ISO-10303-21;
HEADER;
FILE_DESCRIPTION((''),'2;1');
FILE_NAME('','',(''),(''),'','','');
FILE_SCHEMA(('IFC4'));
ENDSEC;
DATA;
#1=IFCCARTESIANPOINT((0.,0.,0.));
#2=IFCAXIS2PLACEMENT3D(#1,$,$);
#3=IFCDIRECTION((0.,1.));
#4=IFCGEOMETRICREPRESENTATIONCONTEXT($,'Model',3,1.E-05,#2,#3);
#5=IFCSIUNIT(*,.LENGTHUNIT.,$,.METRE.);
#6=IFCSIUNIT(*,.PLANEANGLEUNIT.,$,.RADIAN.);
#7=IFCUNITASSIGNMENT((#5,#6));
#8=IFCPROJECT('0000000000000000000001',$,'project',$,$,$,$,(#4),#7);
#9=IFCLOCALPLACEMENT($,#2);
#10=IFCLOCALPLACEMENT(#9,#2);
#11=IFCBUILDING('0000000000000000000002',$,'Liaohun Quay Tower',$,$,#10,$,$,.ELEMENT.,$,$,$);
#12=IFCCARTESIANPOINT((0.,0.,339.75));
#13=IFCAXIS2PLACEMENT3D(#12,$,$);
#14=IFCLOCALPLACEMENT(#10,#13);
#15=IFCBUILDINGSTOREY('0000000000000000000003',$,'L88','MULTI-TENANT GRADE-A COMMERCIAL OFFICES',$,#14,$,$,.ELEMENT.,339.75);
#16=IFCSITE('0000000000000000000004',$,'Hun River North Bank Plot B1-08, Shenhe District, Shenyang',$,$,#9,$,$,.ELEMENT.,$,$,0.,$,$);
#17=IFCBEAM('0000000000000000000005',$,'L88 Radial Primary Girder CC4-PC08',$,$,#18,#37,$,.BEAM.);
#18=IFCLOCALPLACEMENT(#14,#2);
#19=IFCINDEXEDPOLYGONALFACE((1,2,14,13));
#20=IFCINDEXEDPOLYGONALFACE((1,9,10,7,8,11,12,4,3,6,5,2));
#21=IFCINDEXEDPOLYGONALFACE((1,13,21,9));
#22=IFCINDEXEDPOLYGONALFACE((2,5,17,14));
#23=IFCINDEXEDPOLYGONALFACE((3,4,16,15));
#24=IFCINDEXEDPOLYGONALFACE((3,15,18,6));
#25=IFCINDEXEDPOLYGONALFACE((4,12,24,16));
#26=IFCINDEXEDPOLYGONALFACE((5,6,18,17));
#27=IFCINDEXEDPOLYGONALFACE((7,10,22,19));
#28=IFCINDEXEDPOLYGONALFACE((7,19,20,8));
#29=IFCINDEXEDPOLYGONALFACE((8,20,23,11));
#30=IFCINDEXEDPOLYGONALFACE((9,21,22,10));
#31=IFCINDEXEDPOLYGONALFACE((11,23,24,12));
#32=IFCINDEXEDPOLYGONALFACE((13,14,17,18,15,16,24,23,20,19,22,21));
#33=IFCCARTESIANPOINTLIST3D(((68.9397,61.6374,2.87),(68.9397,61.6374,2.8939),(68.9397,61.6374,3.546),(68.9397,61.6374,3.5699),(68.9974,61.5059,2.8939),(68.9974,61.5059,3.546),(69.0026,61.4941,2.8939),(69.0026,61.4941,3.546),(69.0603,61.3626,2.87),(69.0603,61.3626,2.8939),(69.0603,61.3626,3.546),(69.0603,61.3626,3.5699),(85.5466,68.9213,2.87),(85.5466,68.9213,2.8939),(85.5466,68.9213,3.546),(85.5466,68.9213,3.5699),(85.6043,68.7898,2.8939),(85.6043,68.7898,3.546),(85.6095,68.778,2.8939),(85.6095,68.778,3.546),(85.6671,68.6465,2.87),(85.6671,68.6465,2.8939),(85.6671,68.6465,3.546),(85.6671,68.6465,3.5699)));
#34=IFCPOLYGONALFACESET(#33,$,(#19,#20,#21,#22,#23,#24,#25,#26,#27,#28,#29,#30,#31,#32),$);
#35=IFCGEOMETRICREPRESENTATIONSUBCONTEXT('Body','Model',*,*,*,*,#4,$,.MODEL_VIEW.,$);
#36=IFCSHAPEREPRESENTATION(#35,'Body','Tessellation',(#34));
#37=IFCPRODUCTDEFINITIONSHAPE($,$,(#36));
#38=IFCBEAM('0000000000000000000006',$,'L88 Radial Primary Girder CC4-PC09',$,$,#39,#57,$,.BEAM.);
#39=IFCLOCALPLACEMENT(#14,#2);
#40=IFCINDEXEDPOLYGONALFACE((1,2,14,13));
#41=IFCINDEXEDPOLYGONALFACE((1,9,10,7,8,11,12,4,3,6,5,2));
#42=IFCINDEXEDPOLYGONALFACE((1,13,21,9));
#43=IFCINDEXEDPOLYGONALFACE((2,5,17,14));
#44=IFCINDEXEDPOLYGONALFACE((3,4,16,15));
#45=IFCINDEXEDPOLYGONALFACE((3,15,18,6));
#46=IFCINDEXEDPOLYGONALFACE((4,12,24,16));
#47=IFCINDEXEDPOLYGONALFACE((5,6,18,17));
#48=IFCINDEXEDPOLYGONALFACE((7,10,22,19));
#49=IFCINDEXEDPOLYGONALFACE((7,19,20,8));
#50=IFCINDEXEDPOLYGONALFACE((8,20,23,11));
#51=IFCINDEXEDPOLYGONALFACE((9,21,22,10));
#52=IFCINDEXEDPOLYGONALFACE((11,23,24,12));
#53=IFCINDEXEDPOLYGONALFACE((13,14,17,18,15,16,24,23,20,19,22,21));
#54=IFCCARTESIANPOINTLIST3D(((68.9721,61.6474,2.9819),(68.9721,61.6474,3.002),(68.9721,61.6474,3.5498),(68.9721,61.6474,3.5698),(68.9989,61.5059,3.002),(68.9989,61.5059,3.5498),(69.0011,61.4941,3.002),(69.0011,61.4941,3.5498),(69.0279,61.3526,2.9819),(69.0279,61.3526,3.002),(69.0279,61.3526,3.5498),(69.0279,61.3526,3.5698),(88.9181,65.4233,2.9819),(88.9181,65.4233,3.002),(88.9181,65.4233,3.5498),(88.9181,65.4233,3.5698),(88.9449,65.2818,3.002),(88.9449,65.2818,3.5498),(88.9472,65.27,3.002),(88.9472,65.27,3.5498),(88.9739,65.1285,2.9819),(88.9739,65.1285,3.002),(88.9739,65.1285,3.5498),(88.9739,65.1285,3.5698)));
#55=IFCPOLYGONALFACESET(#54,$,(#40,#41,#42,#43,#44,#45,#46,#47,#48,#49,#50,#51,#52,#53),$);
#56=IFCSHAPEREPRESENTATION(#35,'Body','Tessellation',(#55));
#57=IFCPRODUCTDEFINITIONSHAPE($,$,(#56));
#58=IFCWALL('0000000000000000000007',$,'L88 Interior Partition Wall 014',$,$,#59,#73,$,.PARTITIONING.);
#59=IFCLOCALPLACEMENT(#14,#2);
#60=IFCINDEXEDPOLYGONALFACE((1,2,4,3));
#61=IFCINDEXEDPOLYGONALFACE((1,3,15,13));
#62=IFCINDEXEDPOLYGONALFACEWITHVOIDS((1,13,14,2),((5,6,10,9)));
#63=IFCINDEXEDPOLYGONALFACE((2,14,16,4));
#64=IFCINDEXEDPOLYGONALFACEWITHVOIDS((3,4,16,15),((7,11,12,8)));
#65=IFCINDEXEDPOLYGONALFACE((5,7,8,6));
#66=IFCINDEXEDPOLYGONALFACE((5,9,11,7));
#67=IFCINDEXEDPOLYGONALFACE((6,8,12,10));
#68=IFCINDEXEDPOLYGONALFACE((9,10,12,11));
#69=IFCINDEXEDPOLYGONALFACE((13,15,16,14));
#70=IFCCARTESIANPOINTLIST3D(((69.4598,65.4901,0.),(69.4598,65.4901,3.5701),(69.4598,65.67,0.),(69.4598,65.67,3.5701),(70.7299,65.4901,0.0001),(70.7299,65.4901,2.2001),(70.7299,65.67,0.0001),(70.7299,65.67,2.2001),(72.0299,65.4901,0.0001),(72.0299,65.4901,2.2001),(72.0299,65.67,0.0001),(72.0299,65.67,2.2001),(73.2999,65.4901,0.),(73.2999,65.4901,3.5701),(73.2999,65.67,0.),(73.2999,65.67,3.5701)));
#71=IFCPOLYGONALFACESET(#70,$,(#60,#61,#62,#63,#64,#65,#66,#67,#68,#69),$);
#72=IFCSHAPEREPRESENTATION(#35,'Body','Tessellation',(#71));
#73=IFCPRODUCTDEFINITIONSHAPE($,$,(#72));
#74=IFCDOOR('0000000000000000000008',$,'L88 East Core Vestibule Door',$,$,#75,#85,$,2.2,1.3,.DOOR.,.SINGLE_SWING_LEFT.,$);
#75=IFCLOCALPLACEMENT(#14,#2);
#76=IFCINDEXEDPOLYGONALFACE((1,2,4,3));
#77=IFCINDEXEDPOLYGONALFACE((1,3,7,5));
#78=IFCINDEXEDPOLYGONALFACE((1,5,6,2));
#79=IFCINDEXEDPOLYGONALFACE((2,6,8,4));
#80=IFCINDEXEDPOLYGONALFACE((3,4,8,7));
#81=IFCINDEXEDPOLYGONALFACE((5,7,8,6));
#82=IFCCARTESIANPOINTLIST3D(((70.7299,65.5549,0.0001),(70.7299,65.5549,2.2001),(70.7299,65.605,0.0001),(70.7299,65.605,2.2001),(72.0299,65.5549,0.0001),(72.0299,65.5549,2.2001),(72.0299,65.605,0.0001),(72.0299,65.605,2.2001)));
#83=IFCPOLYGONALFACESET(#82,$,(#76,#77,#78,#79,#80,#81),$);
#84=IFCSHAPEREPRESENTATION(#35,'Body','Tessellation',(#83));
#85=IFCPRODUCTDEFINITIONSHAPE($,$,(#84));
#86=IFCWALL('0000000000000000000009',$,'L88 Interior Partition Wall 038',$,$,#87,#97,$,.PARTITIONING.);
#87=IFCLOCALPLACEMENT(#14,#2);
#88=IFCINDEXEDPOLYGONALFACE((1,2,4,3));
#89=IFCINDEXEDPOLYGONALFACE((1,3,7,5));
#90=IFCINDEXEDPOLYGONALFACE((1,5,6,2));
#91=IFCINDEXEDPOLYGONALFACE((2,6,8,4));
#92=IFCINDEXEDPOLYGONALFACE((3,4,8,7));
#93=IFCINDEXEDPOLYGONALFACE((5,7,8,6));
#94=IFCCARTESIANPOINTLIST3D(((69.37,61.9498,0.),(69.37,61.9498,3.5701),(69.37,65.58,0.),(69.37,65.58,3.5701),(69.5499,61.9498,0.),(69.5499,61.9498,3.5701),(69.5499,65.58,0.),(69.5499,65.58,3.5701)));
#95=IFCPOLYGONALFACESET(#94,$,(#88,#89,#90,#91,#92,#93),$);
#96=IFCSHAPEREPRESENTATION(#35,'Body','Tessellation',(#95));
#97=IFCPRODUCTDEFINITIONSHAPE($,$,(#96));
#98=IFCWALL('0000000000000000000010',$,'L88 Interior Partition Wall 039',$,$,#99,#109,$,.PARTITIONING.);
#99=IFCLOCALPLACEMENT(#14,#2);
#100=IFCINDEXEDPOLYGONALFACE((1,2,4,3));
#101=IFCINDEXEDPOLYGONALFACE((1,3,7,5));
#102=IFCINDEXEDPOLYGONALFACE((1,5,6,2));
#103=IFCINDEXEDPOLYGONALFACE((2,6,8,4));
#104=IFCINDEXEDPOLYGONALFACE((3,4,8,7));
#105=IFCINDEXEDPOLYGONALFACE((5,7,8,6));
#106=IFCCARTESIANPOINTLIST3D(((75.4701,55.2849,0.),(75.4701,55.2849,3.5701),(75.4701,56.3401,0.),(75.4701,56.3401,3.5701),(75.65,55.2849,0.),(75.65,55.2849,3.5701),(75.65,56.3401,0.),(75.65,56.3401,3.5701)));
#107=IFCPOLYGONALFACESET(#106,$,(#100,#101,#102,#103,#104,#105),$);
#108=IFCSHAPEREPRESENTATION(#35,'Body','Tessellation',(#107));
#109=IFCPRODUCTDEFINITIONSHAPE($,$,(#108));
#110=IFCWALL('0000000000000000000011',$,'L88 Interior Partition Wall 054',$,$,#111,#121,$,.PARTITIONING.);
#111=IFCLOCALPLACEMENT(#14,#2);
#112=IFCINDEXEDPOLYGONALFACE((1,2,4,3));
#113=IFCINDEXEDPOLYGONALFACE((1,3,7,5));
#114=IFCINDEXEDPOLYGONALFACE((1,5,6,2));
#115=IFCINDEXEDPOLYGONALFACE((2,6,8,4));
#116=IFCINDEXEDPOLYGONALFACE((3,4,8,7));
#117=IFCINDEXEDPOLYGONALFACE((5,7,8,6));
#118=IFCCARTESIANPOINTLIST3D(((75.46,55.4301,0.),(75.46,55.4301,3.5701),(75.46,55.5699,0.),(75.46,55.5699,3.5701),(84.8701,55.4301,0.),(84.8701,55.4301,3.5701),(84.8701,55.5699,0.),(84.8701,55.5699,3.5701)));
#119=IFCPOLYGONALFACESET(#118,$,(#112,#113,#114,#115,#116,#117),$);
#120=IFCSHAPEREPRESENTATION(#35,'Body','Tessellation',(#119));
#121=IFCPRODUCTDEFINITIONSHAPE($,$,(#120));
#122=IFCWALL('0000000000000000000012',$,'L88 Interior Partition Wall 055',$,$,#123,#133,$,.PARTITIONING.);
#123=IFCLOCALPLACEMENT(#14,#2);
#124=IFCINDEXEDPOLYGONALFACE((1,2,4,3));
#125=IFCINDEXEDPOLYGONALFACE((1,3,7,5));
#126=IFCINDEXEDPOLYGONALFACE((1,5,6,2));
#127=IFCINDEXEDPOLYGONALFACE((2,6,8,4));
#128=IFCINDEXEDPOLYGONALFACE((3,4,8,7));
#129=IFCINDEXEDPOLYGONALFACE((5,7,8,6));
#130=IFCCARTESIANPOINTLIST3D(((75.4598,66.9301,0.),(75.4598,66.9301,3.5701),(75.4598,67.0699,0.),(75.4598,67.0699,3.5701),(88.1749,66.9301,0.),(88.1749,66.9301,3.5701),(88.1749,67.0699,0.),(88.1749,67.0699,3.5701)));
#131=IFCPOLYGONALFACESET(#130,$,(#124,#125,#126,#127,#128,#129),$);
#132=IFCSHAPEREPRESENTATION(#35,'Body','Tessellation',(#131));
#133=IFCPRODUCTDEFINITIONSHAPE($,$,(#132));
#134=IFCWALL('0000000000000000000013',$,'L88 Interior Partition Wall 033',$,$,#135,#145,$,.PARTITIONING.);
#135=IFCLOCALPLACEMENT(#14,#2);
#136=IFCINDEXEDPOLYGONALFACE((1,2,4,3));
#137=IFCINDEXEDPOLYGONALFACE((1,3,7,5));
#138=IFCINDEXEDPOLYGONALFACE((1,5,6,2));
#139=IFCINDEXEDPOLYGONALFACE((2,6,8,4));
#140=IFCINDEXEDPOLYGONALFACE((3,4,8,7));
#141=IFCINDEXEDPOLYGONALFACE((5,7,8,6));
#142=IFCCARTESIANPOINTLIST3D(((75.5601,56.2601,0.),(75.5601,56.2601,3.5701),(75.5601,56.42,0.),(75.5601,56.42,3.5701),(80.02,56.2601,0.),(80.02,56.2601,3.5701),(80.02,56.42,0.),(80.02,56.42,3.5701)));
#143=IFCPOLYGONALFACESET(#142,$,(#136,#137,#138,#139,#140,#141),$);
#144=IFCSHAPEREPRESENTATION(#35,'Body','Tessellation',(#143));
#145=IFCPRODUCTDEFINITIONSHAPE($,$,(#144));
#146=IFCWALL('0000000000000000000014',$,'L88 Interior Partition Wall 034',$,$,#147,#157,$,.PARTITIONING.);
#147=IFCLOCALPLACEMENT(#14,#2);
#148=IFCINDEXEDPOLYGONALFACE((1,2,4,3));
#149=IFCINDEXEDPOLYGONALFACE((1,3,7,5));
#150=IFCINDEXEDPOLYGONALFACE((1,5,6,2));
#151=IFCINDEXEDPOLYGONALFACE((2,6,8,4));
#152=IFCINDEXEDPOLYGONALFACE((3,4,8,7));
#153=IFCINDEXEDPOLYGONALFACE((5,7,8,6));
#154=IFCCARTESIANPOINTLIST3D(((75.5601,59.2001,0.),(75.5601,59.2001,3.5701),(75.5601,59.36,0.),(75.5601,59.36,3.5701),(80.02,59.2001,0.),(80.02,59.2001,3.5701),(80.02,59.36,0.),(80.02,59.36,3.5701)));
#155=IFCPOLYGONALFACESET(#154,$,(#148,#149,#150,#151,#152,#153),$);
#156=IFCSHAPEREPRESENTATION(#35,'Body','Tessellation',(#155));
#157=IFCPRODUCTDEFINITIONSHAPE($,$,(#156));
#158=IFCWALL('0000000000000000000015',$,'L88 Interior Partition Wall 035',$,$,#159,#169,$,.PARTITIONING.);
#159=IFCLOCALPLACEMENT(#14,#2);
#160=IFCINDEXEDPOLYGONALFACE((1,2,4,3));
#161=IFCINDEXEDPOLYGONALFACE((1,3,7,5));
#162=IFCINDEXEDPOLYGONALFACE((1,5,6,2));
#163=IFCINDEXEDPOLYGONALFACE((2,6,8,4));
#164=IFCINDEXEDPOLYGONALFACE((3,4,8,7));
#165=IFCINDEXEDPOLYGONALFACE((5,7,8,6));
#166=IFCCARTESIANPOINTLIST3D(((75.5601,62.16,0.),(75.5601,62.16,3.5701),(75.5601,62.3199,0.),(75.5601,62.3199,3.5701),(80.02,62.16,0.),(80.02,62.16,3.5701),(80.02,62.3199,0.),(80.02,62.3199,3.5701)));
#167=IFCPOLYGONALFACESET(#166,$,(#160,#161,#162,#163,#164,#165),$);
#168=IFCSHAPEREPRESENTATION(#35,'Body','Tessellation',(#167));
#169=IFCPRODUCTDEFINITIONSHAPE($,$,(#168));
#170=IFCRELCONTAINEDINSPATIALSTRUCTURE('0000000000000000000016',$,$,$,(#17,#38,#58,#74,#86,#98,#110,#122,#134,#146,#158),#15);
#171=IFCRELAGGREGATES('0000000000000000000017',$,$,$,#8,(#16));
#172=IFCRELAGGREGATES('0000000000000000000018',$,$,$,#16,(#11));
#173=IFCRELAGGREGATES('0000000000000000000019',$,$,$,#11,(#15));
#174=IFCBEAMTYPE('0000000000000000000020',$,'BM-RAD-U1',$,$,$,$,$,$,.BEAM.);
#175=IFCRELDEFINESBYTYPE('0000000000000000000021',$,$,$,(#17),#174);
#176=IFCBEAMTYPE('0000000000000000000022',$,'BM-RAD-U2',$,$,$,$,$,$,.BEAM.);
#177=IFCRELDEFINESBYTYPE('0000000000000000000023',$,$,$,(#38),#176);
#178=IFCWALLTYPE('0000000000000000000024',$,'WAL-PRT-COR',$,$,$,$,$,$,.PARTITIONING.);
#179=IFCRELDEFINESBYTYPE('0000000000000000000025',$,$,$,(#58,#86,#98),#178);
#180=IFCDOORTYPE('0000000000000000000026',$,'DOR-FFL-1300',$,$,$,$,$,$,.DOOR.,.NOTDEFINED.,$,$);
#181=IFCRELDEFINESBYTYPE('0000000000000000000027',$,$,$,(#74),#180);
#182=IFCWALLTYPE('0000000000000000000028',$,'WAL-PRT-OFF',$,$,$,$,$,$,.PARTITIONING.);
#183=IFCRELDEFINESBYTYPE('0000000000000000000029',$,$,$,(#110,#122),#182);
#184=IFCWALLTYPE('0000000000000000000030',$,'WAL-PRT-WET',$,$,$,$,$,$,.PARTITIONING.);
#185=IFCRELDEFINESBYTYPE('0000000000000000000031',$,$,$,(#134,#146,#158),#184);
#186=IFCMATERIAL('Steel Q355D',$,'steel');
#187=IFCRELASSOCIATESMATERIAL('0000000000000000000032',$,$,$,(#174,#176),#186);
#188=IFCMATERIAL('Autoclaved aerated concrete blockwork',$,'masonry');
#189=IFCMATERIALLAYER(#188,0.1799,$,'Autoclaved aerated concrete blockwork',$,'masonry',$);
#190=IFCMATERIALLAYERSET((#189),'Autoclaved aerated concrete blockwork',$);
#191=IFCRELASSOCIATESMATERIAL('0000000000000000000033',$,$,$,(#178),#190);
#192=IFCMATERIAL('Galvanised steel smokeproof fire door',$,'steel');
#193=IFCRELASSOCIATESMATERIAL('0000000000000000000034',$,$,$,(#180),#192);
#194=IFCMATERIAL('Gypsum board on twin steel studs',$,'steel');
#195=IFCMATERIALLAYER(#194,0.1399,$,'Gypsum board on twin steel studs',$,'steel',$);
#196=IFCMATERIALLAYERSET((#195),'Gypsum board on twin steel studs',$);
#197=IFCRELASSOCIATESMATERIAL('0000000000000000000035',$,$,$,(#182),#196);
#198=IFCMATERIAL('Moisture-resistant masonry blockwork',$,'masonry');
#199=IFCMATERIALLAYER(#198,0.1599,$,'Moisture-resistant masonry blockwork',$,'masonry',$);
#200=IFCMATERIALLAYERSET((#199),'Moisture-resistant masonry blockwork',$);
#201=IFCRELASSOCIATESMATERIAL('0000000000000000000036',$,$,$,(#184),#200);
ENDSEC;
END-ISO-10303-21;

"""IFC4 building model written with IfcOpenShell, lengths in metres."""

from ifc_helpers import new_model, si_unit, direction, frame, frame_2d, origin, origin_2d, place, context, subcontext, project, spatial, rectangle, i_section, extrude, source, transform, mapped, material, layer, layer_set, material_profile, profile_set, type_object, element, fill, save


model = new_model("IFC4")

# Units and contexts
model_context = context("Model", 3, precision=1e-05, world=origin(), true_north=direction((0.0, 1.0)))
body_context = subcontext(model_context, "Body", "Model", "MODEL_VIEW")
ifc_project = project(units=[si_unit("LENGTHUNIT", "METRE"), si_unit("PLANEANGLEUNIT", "RADIAN")], contexts=[model_context])

# Site, building, storey
site_placement = place(None, origin())
site = spatial("IfcSite", under=ifc_project, at=site_placement, Name="Hun River North Bank Plot B1-08, Shenhe District, Shenyang", CompositionType="ELEMENT", RefElevation=0.0)
building_placement = place(site_placement, origin())
building = spatial("IfcBuilding", under=site, at=building_placement, Name="Liaohun Quay Tower", CompositionType="ELEMENT")
storey_placement = place(building_placement, frame((0.0, 0.0, 339.75)))
storey = spatial("IfcBuildingStorey", under=building, at=storey_placement, Name="L88", Description="MULTI-TENANT GRADE-A COMMERCIAL OFFICES", CompositionType="ELEMENT", Elevation=339.75)

# Beams
ifc_material_1 = material(Name="Steel Q355D", Category="steel")
ifc_material_profile_1 = material_profile(ifc_material_1, i_section(OverallWidth=0.3, OverallDepth=0.7, WebThickness=0.0129, FlangeThickness=0.0239, at=origin_2d()), Name="HN700x300x13x24")
ifc_profile_set_1 = profile_set([ifc_material_profile_1], Name="Steel Q355D")
beam_type_1 = type_object("IfcBeamType", Name="BM-RAD-U1", PredefinedType="BEAM", material=ifc_profile_set_1)
shared_shape_1 = source(origin(), body_context, "Body", "SweptSolid", [
    extrude(i_section(OverallWidth=0.3, OverallDepth=0.7, WebThickness=0.0129, FlangeThickness=0.0239, at=origin_2d()), origin(), (0.0, 0.0, 1.0), 18.134),
])
beam_1_placement = place(storey_placement, frame((69.0, 61.5, 3.22), z_axis=(0.915784, 0.40167, 0.0), x_axis=(-0.40167, 0.915784, 0.0)))
element("IfcBeam", 1, at=beam_1_placement, inside=storey, type_object=beam_type_1, Name="L88 Radial Primary Girder CC4-PC08", PredefinedType="BEAM", context=body_context, shape_type="MappedRepresentation", body=[
    mapped(shared_shape_1, transform((0.0, 0.0, 0.0), x_axis=(1.0, 0.0, 0.0), y_axis=(0.0, 1.0, 0.0), z_axis=(0.0, 0.0, 1.0), scale=1.0)),
])
ifc_material_profile_2 = material_profile(ifc_material_1, i_section(OverallWidth=0.3, OverallDepth=0.5879, WebThickness=0.012, FlangeThickness=0.02, at=origin_2d()), Name="HM588x300x12x20")
ifc_profile_set_2 = profile_set([ifc_material_profile_2], Name="Steel Q355D")
beam_type_2 = type_object("IfcBeamType", Name="BM-RAD-U2", PredefinedType="BEAM", material=ifc_profile_set_2)
shared_shape_2 = source(origin(), body_context, "Body", "SweptSolid", [
    extrude(i_section(OverallWidth=0.3, OverallDepth=0.5879, WebThickness=0.012, FlangeThickness=0.02, at=origin_2d()), origin(), (0.0, 0.0, 1.0), 20.3003),
])
beam_2_placement = place(storey_placement, frame((69.0, 61.5, 3.2759), z_axis=(0.98255, 0.186001, 0.0), x_axis=(-0.186001, 0.98255, 0.0)))
element("IfcBeam", 2, at=beam_2_placement, inside=storey, type_object=beam_type_2, Name="L88 Radial Primary Girder CC4-PC09", PredefinedType="BEAM", context=body_context, shape_type="MappedRepresentation", body=[
    mapped(shared_shape_2, transform((0.0, 0.0, 0.0), x_axis=(1.0, 0.0, 0.0), y_axis=(0.0, 1.0, 0.0), z_axis=(0.0, 0.0, 1.0), scale=1.0)),
])

# Wall, opening, door
ifc_material_2 = material(Name="Autoclaved aerated concrete blockwork", Category="masonry")
ifc_layer_1 = layer(ifc_material_2, 0.1799, Name="Autoclaved aerated concrete blockwork", Category="masonry")
ifc_layer_set_1 = layer_set([ifc_layer_1], Name="Autoclaved aerated concrete blockwork")
wall_type_1 = type_object("IfcWallType", Name="WAL-PRT-COR", PredefinedType="PARTITIONING", material=ifc_layer_set_1)
wall_1_placement = place(storey_placement, frame((69.46, 65.5801, 0.0), z_axis=(0.0, 0.0, 1.0), x_axis=(1.0, 0.0, 0.0)))
wall_1 = element("IfcWall", 3, at=wall_1_placement, inside=storey, type_object=wall_type_1, Name="L88 Interior Partition Wall 014", PredefinedType="PARTITIONING", context=body_context, shape_type="SweptSolid", body=[
    extrude(rectangle(XDim=3.8401, YDim=0.1799, at=frame_2d((1.9199, 0.0))), origin(), (0.0, 0.0, 1.0), 3.5701),
])
shared_shape_3 = source(origin(), body_context, "Body", "SweptSolid", [
    extrude(rectangle(XDim=1.3, YDim=2.2, at=frame_2d((0.6499, 1.1001))), frame((0.0, 0.0999, 0.0), z_axis=(0.0, -1.0, 0.0), x_axis=(1.0, 0.0, 0.0)), (0.0, 0.0, 1.0), 0.2),
])
opening_1_placement = place(wall_1_placement, frame((1.27, 0.0, 0.0)))
opening_1 = element("IfcOpeningElement", 4, at=opening_1_placement, cuts=wall_1, PredefinedType="OPENING", context=body_context, shape_type="MappedRepresentation", body=[
    mapped(shared_shape_3, transform((0.0, 0.0, 0.0), x_axis=(1.0, 0.0, 0.0), y_axis=(0.0, 1.0, 0.0), z_axis=(0.0, 0.0, 1.0), scale=1.0)),
])
ifc_material_3 = material(Name="Galvanised steel smokeproof fire door", Category="steel")
door_type_1 = type_object("IfcDoorType", Name="DOR-FFL-1300", OperationType="NOTDEFINED", PredefinedType="DOOR", material=ifc_material_3)
shared_shape_4 = source(origin(), body_context, "Body", "SweptSolid", [
    extrude(rectangle(XDim=1.3, YDim=2.2, at=frame_2d((0.6499, 1.1001))), frame((0.0, 0.0249, 0.0), z_axis=(0.0, -1.0, 0.0), x_axis=(1.0, 0.0, 0.0)), (0.0, 0.0, 1.0), 0.05),
])
door_1_placement = place(opening_1_placement, origin())
door_1 = element("IfcDoor", 5, at=door_1_placement, inside=storey, type_object=door_type_1, Name="L88 East Core Vestibule Door", OperationType="SINGLE_SWING_LEFT", OverallHeight=2.2, OverallWidth=1.3, PredefinedType="DOOR", context=body_context, shape_type="MappedRepresentation", body=[
    mapped(shared_shape_4, transform((0.0, 0.0, 0.0), x_axis=(1.0, 0.0, 0.0), y_axis=(0.0, 1.0, 0.0), z_axis=(0.0, 0.0, 1.0), scale=1.0)),
])
fill(opening_1, door_1)

# Walls
wall_2_placement = place(storey_placement, frame((69.46, 61.95, 0.0), z_axis=(0.0, 0.0, 1.0), x_axis=(0.0, 1.0, 0.0)))
element("IfcWall", 6, at=wall_2_placement, inside=storey, type_object=wall_type_1, Name="L88 Interior Partition Wall 038", PredefinedType="PARTITIONING", context=body_context, shape_type="SweptSolid", body=[
    extrude(rectangle(XDim=3.6301, YDim=0.1799, at=frame_2d((1.8149, 0.0))), origin(), (0.0, 0.0, 1.0), 3.5701),
])
wall_3_placement = place(storey_placement, frame((75.5601, 56.3401, 0.0), z_axis=(0.0, 0.0, 1.0), x_axis=(0.0, -1.0, 0.0)))
element("IfcWall", 7, at=wall_3_placement, inside=storey, type_object=wall_type_1, Name="L88 Interior Partition Wall 039", PredefinedType="PARTITIONING", context=body_context, shape_type="SweptSolid", body=[
    extrude(rectangle(XDim=1.0552, YDim=0.1799, at=frame_2d((0.5276, 0.0))), origin(), (0.0, 0.0, 1.0), 3.5701),
])
ifc_material_4 = material(Name="Gypsum board on twin steel studs", Category="steel")
ifc_layer_2 = layer(ifc_material_4, 0.1399, Name="Gypsum board on twin steel studs", Category="steel")
ifc_layer_set_2 = layer_set([ifc_layer_2], Name="Gypsum board on twin steel studs")
wall_type_2 = type_object("IfcWallType", Name="WAL-PRT-OFF", PredefinedType="PARTITIONING", material=ifc_layer_set_2)
wall_4_placement = place(storey_placement, frame((75.46, 55.5, 0.0), z_axis=(0.0, 0.0, 1.0), x_axis=(1.0, 0.0, 0.0)))
element("IfcWall", 8, at=wall_4_placement, inside=storey, type_object=wall_type_2, Name="L88 Interior Partition Wall 054", PredefinedType="PARTITIONING", context=body_context, shape_type="SweptSolid", body=[
    extrude(rectangle(XDim=9.4102, YDim=0.1399, at=frame_2d((4.7051, 0.0))), origin(), (0.0, 0.0, 1.0), 3.5701),
])
wall_5_placement = place(storey_placement, frame((75.46, 67.0, 0.0), z_axis=(0.0, 0.0, 1.0), x_axis=(1.0, 0.0, 0.0)))
element("IfcWall", 9, at=wall_5_placement, inside=storey, type_object=wall_type_2, Name="L88 Interior Partition Wall 055", PredefinedType="PARTITIONING", context=body_context, shape_type="SweptSolid", body=[
    extrude(rectangle(XDim=12.7151, YDim=0.1399, at=frame_2d((6.3574, 0.0))), origin(), (0.0, 0.0, 1.0), 3.5701),
])

# Shared definitions
ifc_material_5 = material(Name="Moisture-resistant masonry blockwork", Category="masonry")
ifc_layer_3 = layer(ifc_material_5, 0.1599, Name="Moisture-resistant masonry blockwork", Category="masonry")
ifc_layer_set_3 = layer_set([ifc_layer_3], Name="Moisture-resistant masonry blockwork")
wall_type_3 = type_object("IfcWallType", Name="WAL-PRT-WET", PredefinedType="PARTITIONING", material=ifc_layer_set_3)

# Walls
for number, where, z_axis, x_axis, name in (
    (10, (75.5601, 56.3401, 0.0), (0.0, 0.0, 1.0), (1.0, 0.0, 0.0), "L88 Interior Partition Wall 033"),
    (11, (75.5601, 59.28, 0.0), (0.0, 0.0, 1.0), (1.0, 0.0, 0.0), "L88 Interior Partition Wall 034"),
    (12, (75.5601, 62.24, 0.0), (0.0, 0.0, 1.0), (1.0, 0.0, 0.0), "L88 Interior Partition Wall 035"),
):
    element("IfcWall", number, at=place(storey_placement, frame(where, z_axis=z_axis, x_axis=x_axis)), inside=storey, type_object=wall_type_3, Name=name, PredefinedType="PARTITIONING", context=body_context, shape_type="SweptSolid", body=[
        extrude(rectangle(XDim=4.46, YDim=0.1599, at=frame_2d((2.23, 0.0))), origin(), (0.0, 0.0, 1.0), 3.5701),
    ])

save(model, "model.ifc")
